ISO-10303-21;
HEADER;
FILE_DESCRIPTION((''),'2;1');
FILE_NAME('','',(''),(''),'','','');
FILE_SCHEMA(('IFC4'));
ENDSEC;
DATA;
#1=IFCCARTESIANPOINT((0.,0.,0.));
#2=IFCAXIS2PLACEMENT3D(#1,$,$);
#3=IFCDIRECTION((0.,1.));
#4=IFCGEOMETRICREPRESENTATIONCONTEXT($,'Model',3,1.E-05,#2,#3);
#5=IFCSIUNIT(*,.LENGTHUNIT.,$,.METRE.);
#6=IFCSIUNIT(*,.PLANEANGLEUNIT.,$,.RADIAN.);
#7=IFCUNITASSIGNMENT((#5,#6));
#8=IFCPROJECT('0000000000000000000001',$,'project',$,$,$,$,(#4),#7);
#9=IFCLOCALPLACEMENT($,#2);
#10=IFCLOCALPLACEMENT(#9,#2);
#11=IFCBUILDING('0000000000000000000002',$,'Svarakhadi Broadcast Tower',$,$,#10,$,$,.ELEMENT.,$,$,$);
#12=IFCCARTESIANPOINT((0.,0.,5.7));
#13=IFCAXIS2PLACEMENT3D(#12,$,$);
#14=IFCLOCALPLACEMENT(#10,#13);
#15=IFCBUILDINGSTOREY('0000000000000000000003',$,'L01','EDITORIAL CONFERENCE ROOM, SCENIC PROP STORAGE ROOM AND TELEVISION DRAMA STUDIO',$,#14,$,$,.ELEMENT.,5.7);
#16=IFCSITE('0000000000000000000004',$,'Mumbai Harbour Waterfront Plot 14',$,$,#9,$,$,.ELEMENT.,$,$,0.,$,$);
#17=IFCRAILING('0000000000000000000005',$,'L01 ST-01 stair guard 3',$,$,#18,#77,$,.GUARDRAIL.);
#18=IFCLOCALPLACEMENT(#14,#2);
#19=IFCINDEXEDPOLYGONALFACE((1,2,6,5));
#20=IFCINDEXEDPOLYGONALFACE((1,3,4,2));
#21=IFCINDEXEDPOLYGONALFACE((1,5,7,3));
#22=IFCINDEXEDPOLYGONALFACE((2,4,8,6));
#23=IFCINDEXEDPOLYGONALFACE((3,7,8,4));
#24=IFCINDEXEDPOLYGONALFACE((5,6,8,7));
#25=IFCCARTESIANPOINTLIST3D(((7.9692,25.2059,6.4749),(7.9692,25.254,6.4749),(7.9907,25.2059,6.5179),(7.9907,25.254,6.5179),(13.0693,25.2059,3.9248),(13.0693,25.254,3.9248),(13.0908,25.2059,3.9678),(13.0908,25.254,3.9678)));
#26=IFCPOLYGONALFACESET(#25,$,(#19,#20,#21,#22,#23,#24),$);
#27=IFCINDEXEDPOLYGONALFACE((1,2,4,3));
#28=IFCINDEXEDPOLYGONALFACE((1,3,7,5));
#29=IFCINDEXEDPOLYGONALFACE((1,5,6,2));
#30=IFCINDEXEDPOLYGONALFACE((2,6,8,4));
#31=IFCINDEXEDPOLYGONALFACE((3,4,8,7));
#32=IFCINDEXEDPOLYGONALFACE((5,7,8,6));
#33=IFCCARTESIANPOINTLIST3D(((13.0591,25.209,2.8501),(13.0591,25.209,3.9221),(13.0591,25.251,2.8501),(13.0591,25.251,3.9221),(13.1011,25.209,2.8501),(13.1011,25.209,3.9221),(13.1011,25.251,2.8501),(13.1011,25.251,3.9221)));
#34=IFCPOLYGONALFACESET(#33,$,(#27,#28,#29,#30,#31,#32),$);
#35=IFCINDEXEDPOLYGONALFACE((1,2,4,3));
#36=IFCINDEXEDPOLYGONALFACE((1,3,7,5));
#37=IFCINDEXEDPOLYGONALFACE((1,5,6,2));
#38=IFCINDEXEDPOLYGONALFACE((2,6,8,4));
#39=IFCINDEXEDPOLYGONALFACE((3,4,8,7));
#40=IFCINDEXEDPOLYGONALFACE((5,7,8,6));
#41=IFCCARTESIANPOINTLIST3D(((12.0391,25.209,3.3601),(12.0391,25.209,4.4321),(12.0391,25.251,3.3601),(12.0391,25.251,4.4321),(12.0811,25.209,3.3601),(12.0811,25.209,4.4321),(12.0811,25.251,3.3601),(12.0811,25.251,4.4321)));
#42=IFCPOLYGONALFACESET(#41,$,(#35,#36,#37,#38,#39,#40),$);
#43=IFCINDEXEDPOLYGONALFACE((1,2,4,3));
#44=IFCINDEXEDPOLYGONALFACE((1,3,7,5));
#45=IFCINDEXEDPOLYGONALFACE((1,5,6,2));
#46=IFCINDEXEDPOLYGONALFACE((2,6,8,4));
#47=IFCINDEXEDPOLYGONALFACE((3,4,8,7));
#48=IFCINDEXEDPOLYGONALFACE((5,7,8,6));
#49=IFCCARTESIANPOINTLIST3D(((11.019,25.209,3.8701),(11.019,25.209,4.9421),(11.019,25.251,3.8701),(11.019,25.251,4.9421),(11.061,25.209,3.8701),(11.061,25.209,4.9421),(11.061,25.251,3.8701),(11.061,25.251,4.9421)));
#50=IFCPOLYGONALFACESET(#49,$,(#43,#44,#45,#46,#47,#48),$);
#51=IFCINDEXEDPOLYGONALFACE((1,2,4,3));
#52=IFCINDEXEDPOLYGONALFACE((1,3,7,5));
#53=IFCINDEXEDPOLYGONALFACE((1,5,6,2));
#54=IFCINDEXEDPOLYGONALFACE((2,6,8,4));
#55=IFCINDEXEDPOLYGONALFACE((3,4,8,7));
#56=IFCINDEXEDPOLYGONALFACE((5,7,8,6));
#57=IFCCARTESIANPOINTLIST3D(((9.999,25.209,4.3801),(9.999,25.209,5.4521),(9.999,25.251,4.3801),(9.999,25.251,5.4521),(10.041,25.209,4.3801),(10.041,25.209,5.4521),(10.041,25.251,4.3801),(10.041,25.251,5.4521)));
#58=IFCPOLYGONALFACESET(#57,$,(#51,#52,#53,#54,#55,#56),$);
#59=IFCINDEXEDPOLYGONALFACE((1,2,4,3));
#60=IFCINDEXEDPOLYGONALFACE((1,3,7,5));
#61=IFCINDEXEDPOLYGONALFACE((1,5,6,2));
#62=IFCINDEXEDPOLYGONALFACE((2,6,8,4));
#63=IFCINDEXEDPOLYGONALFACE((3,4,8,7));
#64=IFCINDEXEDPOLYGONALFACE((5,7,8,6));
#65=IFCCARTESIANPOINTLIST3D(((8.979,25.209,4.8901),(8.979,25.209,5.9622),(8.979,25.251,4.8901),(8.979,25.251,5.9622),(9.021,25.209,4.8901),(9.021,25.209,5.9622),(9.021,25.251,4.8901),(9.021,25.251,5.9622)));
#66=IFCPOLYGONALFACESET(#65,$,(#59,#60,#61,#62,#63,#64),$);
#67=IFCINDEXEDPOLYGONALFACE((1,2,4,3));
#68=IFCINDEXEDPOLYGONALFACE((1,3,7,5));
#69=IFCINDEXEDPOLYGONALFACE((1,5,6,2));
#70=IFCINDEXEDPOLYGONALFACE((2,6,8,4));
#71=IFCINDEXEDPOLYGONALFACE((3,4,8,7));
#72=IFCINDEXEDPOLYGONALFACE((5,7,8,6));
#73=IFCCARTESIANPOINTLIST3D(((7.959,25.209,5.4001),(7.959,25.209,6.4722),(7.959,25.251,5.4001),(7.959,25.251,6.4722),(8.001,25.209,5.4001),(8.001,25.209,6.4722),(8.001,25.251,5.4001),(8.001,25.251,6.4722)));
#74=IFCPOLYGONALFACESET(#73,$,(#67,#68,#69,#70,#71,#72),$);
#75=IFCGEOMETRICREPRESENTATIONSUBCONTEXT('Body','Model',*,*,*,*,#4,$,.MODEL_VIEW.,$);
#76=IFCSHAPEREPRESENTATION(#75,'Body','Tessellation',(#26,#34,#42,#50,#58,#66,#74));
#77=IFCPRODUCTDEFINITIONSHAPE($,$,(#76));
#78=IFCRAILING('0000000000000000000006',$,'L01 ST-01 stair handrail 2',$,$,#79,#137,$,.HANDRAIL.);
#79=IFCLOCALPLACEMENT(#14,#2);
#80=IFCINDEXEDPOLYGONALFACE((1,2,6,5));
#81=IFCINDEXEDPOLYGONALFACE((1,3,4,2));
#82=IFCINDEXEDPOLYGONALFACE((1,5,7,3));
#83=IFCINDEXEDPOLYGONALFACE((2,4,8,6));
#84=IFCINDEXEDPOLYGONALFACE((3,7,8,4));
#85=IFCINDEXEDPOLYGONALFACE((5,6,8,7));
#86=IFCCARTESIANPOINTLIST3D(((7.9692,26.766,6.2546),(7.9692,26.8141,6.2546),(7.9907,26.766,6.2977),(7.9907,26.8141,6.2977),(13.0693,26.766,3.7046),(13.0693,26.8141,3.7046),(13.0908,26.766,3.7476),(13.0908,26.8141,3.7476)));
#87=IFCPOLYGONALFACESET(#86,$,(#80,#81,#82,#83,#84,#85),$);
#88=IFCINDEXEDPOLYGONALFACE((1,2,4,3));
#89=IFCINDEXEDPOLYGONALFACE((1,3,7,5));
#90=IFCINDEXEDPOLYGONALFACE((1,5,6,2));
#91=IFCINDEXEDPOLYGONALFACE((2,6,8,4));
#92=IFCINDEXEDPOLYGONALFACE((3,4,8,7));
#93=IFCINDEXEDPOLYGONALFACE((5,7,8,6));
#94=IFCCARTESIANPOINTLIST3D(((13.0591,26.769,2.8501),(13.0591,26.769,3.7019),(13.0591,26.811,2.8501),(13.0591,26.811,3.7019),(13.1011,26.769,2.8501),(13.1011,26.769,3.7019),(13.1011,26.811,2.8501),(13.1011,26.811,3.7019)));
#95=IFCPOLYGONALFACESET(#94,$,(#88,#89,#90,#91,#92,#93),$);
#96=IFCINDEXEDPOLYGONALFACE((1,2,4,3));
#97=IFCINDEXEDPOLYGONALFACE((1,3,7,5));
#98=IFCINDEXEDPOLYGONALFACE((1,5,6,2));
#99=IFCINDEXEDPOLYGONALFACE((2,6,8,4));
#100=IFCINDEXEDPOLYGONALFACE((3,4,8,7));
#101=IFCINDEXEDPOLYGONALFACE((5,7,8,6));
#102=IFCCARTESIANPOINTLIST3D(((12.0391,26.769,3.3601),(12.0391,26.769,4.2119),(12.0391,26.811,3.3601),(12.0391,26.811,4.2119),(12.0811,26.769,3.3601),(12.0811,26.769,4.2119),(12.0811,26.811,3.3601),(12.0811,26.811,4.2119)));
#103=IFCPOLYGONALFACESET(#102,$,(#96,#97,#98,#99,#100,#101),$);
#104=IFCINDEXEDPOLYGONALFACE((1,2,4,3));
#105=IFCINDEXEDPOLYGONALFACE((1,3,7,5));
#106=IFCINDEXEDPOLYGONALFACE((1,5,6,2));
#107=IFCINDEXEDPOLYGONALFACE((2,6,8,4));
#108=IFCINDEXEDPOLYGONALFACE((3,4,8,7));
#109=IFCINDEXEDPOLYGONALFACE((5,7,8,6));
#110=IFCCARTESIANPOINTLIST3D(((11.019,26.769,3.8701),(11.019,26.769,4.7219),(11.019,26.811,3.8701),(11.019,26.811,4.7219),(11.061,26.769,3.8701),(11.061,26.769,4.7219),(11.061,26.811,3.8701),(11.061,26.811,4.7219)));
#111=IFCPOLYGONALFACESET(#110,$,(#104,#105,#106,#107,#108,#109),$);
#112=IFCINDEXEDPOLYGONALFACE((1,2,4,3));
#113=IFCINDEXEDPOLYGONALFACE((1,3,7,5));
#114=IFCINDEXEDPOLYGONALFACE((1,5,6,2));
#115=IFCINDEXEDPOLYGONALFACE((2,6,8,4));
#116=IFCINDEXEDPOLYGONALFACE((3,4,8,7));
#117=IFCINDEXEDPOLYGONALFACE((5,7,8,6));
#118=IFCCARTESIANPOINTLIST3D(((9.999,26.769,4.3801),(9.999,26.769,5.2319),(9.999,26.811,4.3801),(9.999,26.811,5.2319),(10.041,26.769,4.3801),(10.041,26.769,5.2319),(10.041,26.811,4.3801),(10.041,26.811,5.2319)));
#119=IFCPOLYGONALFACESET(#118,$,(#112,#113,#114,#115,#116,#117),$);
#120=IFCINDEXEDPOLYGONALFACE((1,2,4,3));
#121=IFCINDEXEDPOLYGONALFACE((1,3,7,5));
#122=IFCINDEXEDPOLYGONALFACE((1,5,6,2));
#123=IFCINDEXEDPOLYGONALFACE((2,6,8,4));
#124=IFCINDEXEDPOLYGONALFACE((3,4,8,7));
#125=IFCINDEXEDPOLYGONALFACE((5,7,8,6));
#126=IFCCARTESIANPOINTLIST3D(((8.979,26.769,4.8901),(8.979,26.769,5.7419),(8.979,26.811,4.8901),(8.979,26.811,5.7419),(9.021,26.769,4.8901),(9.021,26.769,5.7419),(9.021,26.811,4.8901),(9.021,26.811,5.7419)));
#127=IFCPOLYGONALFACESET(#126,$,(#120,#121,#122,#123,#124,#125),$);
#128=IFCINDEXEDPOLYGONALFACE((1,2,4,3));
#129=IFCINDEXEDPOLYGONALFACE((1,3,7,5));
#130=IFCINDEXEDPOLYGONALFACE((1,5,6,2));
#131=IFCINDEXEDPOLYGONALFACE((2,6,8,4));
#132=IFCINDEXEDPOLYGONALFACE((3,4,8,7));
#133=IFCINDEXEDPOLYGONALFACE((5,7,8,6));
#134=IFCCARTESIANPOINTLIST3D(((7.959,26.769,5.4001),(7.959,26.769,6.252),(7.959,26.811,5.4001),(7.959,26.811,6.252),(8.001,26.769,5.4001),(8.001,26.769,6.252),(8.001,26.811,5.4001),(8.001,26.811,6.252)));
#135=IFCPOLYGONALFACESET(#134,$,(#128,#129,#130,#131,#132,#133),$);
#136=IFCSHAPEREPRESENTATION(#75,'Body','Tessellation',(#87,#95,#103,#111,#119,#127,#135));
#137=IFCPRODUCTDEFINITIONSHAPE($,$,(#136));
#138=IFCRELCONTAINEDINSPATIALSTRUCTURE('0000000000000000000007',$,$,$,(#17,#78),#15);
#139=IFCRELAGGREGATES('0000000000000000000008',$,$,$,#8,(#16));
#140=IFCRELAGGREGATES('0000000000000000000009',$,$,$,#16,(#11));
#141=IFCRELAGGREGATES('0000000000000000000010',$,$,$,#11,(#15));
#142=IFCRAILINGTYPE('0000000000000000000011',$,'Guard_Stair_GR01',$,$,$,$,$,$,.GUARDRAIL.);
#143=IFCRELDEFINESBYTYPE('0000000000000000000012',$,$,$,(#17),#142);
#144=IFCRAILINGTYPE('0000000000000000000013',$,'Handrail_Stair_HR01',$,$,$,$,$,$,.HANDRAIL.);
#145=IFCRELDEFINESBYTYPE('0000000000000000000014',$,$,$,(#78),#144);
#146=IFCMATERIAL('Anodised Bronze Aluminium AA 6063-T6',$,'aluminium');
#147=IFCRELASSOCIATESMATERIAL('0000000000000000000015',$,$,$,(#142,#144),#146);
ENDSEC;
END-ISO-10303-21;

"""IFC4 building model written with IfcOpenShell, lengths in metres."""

from ifc_helpers import new_model, si_unit, direction, frame, origin, origin_2d, place, context, subcontext, project, spatial, rectangle, extrude, material, type_object, element, save


model = new_model("IFC4")

# Units and contexts
model_context = context("Model", 3, precision=1e-05, world=origin(), true_north=direction((0.0, 1.0)))
body_context = subcontext(model_context, "Body", "Model", "MODEL_VIEW")
ifc_project = project(units=[si_unit("LENGTHUNIT", "METRE"), si_unit("PLANEANGLEUNIT", "RADIAN")], contexts=[model_context])

# Site, building, storey
site_placement = place(None, origin())
site = spatial("IfcSite", under=ifc_project, at=site_placement, Name="Mumbai Harbour Waterfront Plot 14", CompositionType="ELEMENT", RefElevation=0.0)
building_placement = place(site_placement, origin())
building = spatial("IfcBuilding", under=site, at=building_placement, Name="Svarakhadi Broadcast Tower", CompositionType="ELEMENT")
storey_placement = place(building_placement, frame((0.0, 0.0, 5.7)))
storey = spatial("IfcBuildingStorey", under=building, at=storey_placement, Name="L01", Description="EDITORIAL CONFERENCE ROOM, SCENIC PROP STORAGE ROOM AND TELEVISION DRAMA STUDIO", CompositionType="ELEMENT", Elevation=5.7)

# Shared definitions
ifc_material_1 = material(Name="Anodised Bronze Aluminium AA 6063-T6", Category="aluminium")

# Railings
railing_type_1 = type_object("IfcRailingType", Name="Guard_Stair_GR01", PredefinedType="GUARDRAIL", material=ifc_material_1)
railing_1_placement = place(storey_placement, frame((13.0801, 25.23, 2.8501)))
element("IfcRailing", 1, at=railing_1_placement, inside=storey, type_object=railing_type_1, Name="L01 ST-01 stair guard 3", PredefinedType="GUARDRAIL", context=body_context, shape_type="SweptSolid", body=[
    extrude(rectangle(XDim=0.0481, YDim=0.0481, at=origin_2d()), frame((0.0, 0.0, 1.0962), z_axis=(-0.894427, 0.0, 0.447214), x_axis=(0.0, -1.0, 0.0)), (0.0, 0.0, 1.0), 5.7021),
    extrude(rectangle(XDim=0.042, YDim=0.042, at=origin_2d()), origin(), (0.0, 0.0, 1.0), 1.072),
    extrude(rectangle(XDim=0.042, YDim=0.042, at=origin_2d()), frame((-1.02, 0.0, 0.51)), (0.0, 0.0, 1.0), 1.072),
    extrude(rectangle(XDim=0.042, YDim=0.042, at=origin_2d()), frame((-2.04, 0.0, 1.02)), (0.0, 0.0, 1.0), 1.072),
    extrude(rectangle(XDim=0.042, YDim=0.042, at=origin_2d()), frame((-3.0601, 0.0, 1.53)), (0.0, 0.0, 1.0), 1.072),
    extrude(rectangle(XDim=0.042, YDim=0.042, at=origin_2d()), frame((-4.0801, 0.0, 2.04)), (0.0, 0.0, 1.0), 1.072),
    extrude(rectangle(XDim=0.042, YDim=0.042, at=origin_2d()), frame((-5.1001, 0.0, 2.55)), (0.0, 0.0, 1.0), 1.072),
])
railing_type_2 = type_object("IfcRailingType", Name="Handrail_Stair_HR01", PredefinedType="HANDRAIL", material=ifc_material_1)
railing_2_placement = place(storey_placement, frame((13.0801, 26.79, 2.8501)))
element("IfcRailing", 2, at=railing_2_placement, inside=storey, type_object=railing_type_2, Name="L01 ST-01 stair handrail 2", PredefinedType="HANDRAIL", context=body_context, shape_type="SweptSolid", body=[
    extrude(rectangle(XDim=0.0481, YDim=0.0481, at=origin_2d()), frame((0.0, 0.0, 0.876), z_axis=(-0.894427, 0.0, 0.447214), x_axis=(0.0, -1.0, 0.0)), (0.0, 0.0, 1.0), 5.7021),
    extrude(rectangle(XDim=0.042, YDim=0.042, at=origin_2d()), origin(), (0.0, 0.0, 1.0), 0.8518),
    extrude(rectangle(XDim=0.042, YDim=0.042, at=origin_2d()), frame((-1.02, 0.0, 0.51)), (0.0, 0.0, 1.0), 0.8518),
    extrude(rectangle(XDim=0.042, YDim=0.042, at=origin_2d()), frame((-2.04, 0.0, 1.02)), (0.0, 0.0, 1.0), 0.8518),
    extrude(rectangle(XDim=0.042, YDim=0.042, at=origin_2d()), frame((-3.0601, 0.0, 1.53)), (0.0, 0.0, 1.0), 0.8518),
    extrude(rectangle(XDim=0.042, YDim=0.042, at=origin_2d()), frame((-4.0801, 0.0, 2.04)), (0.0, 0.0, 1.0), 0.8518),
    extrude(rectangle(XDim=0.042, YDim=0.042, at=origin_2d()), frame((-5.1001, 0.0, 2.55)), (0.0, 0.0, 1.0), 0.8518),
])

save(model, "model.ifc")
